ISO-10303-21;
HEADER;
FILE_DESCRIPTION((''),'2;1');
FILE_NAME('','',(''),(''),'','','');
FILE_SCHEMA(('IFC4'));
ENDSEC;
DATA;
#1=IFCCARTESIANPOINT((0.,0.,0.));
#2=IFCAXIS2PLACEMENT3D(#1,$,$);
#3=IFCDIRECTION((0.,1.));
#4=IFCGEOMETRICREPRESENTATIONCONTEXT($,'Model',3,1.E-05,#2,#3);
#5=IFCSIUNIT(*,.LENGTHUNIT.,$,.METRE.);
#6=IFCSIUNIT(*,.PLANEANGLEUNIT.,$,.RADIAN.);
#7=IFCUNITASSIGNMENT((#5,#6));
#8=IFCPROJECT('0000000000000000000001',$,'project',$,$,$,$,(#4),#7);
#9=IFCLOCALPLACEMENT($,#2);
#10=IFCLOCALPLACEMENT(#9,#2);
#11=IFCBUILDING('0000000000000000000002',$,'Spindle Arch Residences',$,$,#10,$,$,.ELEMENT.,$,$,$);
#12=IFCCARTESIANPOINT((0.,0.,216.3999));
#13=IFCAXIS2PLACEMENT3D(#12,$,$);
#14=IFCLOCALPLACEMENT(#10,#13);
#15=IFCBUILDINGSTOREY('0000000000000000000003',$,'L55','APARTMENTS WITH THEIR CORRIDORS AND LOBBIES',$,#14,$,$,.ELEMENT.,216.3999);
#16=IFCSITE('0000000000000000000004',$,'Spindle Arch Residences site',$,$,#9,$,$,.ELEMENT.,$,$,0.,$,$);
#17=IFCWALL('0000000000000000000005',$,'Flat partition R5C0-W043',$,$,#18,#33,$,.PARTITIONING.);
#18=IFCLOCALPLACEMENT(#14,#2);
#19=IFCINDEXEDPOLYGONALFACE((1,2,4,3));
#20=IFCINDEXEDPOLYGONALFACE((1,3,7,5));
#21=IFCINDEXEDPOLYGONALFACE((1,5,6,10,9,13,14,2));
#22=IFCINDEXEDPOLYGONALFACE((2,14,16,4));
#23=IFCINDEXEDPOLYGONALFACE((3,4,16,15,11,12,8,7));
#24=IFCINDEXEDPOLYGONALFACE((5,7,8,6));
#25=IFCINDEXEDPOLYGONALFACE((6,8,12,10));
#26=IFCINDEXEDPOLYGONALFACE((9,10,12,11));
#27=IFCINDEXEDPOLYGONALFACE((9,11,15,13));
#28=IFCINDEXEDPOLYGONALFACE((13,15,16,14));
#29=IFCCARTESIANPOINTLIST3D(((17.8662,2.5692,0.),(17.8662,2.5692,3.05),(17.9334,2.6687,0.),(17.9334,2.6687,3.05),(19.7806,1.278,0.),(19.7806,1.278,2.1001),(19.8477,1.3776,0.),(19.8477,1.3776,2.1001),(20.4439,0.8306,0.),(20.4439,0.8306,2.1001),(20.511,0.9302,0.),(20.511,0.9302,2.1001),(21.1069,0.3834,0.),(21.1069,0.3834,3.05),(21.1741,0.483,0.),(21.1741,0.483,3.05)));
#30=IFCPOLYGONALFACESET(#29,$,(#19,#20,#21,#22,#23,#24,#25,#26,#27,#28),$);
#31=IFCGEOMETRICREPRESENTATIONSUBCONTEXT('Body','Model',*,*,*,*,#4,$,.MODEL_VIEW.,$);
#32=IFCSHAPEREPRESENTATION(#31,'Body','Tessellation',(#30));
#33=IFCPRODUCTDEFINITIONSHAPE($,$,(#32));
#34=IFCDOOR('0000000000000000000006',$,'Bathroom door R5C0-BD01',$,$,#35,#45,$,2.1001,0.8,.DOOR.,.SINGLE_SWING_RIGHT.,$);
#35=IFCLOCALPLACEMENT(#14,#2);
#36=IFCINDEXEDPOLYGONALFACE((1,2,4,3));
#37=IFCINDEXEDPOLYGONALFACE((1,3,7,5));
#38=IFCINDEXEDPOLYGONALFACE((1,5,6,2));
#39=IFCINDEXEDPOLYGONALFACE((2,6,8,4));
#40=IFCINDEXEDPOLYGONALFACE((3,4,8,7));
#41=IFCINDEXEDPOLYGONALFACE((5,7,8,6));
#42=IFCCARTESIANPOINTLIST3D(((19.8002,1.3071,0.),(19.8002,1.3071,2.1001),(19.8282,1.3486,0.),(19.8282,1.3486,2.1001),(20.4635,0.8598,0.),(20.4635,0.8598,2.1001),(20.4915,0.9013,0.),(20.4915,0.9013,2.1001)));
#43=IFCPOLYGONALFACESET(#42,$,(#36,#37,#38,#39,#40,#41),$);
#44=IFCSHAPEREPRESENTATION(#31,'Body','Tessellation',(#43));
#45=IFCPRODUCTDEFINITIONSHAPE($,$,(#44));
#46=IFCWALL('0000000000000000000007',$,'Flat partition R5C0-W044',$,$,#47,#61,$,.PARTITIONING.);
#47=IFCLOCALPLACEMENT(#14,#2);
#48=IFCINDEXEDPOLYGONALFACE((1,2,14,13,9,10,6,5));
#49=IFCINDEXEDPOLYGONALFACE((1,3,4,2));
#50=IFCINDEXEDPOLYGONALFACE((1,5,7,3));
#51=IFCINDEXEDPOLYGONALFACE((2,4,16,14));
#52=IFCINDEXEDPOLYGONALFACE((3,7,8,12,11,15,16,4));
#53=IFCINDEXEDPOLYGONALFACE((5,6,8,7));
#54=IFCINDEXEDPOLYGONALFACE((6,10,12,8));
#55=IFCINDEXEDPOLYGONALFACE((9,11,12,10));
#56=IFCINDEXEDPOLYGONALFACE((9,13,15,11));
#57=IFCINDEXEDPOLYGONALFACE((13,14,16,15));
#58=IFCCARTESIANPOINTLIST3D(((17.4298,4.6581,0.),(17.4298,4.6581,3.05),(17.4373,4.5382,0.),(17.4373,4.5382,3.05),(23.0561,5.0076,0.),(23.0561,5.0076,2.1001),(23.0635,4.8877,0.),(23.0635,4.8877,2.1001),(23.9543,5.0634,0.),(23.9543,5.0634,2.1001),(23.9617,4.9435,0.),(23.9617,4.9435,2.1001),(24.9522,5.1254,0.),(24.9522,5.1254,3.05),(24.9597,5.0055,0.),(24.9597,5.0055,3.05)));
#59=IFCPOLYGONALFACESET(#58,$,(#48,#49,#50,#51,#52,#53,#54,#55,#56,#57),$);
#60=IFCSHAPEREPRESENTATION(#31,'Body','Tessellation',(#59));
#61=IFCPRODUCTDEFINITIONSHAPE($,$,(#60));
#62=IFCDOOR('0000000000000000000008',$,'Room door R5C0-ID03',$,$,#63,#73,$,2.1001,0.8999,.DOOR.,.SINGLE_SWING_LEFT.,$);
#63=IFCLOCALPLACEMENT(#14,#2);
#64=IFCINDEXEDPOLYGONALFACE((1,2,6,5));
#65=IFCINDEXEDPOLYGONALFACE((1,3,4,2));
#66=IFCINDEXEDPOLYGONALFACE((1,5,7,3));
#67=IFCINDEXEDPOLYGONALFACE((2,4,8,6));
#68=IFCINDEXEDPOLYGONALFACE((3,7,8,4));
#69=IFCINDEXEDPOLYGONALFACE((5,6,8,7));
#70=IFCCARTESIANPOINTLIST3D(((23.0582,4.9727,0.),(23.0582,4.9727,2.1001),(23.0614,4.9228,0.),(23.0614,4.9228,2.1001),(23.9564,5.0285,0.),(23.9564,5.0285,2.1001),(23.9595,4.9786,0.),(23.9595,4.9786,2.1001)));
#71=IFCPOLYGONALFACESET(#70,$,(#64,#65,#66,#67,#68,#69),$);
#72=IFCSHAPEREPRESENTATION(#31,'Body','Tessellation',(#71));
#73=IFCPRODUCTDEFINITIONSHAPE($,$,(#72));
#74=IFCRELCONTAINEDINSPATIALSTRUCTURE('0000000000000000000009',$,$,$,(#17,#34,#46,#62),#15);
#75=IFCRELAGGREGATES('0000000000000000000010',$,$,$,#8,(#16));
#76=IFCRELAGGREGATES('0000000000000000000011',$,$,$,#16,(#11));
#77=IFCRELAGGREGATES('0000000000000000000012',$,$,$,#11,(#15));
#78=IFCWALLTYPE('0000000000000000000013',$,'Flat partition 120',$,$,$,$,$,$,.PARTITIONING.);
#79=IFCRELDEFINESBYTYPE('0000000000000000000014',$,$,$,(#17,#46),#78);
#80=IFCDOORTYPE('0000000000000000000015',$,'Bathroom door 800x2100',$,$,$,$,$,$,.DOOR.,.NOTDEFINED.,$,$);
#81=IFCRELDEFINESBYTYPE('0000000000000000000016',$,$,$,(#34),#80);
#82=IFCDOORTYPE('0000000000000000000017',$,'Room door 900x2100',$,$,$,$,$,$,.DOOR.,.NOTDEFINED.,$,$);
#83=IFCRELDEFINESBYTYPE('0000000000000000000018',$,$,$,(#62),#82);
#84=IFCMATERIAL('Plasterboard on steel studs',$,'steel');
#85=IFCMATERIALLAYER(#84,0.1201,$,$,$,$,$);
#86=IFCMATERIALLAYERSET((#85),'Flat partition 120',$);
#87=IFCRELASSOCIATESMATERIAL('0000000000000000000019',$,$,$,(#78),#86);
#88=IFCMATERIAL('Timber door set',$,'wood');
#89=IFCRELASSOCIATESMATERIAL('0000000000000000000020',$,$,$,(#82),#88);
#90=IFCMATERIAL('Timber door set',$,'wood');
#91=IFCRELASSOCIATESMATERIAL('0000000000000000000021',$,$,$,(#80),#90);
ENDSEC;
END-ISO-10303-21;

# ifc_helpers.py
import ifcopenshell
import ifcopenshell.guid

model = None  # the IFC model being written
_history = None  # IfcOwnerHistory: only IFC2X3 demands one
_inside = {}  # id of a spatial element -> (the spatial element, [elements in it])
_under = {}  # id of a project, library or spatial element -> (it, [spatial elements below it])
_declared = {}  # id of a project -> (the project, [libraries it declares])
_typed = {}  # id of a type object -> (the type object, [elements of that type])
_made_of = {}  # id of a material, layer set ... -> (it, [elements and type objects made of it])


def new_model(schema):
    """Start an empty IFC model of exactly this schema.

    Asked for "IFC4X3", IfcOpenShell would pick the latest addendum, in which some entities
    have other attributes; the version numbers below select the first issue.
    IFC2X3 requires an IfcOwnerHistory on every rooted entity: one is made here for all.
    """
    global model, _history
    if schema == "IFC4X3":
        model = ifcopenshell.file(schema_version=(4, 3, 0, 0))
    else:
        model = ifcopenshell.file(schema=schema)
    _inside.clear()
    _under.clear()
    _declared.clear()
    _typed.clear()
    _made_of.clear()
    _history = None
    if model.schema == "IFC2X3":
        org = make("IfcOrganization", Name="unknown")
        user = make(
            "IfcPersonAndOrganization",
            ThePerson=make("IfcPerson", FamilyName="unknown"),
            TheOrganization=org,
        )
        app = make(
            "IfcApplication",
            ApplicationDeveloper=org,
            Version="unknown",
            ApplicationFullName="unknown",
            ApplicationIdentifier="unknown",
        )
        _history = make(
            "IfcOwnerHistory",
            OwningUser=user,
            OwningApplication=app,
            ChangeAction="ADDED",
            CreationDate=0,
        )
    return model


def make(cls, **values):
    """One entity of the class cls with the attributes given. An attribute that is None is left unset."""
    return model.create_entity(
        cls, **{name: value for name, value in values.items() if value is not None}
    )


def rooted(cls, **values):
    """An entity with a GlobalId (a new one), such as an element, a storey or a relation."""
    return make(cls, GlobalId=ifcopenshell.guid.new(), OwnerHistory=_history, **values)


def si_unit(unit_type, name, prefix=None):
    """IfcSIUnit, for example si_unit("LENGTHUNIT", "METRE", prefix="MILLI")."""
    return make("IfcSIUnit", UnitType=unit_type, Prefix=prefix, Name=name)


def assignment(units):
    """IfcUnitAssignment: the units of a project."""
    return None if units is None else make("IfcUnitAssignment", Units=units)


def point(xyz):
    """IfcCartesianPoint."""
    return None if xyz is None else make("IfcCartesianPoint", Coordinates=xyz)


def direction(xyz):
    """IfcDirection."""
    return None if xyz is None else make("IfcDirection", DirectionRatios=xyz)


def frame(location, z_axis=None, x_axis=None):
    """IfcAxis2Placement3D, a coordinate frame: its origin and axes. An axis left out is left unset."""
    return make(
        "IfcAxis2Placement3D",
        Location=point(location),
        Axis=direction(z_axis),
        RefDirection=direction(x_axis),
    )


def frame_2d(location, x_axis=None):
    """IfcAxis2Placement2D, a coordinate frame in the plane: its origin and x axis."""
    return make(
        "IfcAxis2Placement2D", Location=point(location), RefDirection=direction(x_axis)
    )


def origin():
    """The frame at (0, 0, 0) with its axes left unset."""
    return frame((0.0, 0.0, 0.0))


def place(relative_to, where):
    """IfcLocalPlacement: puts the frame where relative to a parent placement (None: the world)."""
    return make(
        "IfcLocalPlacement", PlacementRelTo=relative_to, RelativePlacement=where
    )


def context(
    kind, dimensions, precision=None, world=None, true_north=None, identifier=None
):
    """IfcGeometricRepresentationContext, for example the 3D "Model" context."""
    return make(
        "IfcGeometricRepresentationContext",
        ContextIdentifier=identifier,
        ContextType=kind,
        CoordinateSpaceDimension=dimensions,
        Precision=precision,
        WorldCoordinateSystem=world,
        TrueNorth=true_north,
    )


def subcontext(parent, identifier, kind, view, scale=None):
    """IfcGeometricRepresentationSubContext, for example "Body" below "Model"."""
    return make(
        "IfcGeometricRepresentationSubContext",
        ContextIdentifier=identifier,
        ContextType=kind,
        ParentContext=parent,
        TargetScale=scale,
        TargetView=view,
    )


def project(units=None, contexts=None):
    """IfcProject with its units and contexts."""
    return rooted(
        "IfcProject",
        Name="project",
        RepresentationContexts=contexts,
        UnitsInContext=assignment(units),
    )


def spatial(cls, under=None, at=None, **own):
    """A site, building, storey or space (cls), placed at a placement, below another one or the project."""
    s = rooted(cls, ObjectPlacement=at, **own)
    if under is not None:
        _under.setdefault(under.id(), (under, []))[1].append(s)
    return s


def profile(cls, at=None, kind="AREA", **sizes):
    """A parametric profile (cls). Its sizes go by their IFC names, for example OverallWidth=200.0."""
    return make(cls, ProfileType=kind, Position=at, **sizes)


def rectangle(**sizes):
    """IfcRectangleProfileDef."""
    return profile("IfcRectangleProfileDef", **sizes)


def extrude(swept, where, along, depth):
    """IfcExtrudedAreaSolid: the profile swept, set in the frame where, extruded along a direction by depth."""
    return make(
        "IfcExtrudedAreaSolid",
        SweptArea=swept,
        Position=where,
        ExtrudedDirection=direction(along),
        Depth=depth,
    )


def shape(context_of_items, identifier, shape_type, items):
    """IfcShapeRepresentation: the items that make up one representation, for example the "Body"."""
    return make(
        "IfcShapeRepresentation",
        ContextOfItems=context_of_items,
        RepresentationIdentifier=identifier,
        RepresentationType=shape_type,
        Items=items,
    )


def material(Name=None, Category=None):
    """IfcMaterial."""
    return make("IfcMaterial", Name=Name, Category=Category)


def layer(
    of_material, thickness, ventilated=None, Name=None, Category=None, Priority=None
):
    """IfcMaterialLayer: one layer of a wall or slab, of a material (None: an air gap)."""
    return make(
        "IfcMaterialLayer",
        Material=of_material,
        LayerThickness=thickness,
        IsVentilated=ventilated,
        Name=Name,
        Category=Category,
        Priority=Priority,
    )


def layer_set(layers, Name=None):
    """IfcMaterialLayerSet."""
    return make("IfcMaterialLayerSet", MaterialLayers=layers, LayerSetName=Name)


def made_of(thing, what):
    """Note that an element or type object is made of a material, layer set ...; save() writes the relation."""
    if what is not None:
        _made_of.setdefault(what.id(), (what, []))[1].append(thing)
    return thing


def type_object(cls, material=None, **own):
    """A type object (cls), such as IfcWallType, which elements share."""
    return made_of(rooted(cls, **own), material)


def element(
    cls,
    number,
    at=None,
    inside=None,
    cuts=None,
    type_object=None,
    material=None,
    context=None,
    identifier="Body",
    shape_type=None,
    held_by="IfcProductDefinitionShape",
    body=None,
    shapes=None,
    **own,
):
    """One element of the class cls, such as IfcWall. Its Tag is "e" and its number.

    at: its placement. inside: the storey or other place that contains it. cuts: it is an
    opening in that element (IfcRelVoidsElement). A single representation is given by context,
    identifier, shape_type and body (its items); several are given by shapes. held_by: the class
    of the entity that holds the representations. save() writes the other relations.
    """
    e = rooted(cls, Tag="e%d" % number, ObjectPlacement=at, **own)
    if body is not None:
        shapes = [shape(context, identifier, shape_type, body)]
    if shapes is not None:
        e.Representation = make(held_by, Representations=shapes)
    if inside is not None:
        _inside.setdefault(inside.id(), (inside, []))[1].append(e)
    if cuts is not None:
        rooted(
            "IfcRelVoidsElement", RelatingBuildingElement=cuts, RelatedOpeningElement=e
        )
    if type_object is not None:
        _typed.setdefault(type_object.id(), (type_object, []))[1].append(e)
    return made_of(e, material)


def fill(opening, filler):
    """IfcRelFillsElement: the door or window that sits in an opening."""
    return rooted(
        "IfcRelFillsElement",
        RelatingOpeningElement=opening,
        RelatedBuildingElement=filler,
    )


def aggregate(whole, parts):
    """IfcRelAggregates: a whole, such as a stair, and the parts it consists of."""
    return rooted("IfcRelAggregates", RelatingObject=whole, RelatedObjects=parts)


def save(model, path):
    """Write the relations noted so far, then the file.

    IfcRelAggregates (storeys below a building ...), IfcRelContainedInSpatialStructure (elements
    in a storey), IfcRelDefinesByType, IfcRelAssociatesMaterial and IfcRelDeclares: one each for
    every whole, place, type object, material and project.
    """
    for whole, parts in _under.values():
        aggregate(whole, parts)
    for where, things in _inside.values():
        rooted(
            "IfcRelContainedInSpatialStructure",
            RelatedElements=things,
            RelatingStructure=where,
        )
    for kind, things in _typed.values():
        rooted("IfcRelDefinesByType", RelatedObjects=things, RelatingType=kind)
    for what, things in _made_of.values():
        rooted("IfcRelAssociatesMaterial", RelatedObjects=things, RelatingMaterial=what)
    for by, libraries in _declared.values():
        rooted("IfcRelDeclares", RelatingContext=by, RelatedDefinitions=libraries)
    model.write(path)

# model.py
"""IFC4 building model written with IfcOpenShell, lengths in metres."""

from ifc_helpers import new_model, si_unit, direction, frame, frame_2d, origin, place, context, subcontext, project, spatial, rectangle, extrude, material, layer, layer_set, type_object, element, fill, save


model = new_model("IFC4")

# Units and contexts
model_context = context("Model", 3, precision=1e-05, world=origin(), true_north=direction((0.0, 1.0)))
body_context = subcontext(model_context, "Body", "Model", "MODEL_VIEW")
ifc_project = project(units=[si_unit("LENGTHUNIT", "METRE"), si_unit("PLANEANGLEUNIT", "RADIAN")], contexts=[model_context])

# Site, building, storey
site_placement = place(None, origin())
site = spatial("IfcSite", under=ifc_project, at=site_placement, Name="Spindle Arch Residences site", CompositionType="ELEMENT", RefElevation=0.0)
building_placement = place(site_placement, origin())
building = spatial("IfcBuilding", under=site, at=building_placement, Name="Spindle Arch Residences", CompositionType="ELEMENT")
storey_placement = place(building_placement, frame((0.0, 0.0, 216.3999)))
storey = spatial("IfcBuildingStorey", under=building, at=storey_placement, Name="L55", Description="APARTMENTS WITH THEIR CORRIDORS AND LOBBIES", CompositionType="ELEMENT", Elevation=216.3999)

# Shared definitions
ifc_material_1 = material(Name="Plasterboard on steel studs", Category="steel")
ifc_layer_1 = layer(ifc_material_1, 0.1201)
ifc_layer_set_1 = layer_set([ifc_layer_1], Name="Flat partition 120")
wall_type_1 = type_object("IfcWallType", Name="Flat partition 120", PredefinedType="PARTITIONING", material=ifc_layer_set_1)
ifc_material_2 = material(Name="Timber door set", Category="wood")
door_type_1 = type_object("IfcDoorType", Name="Room door 900x2100", OperationType="NOTDEFINED", PredefinedType="DOOR", material=ifc_material_2)

# Walls, openings, doors
wall_1_placement = place(storey_placement, frame((21.1406, 0.4331, 0.0), z_axis=(0.0, 0.0, 1.0), x_axis=(-0.82905, 0.559175, 0.0)))
wall_1 = element("IfcWall", 1, at=wall_1_placement, inside=storey, type_object=wall_type_1, Name="Flat partition R5C0-W043", PredefinedType="PARTITIONING", context=body_context, shape_type="SweptSolid", body=[
    extrude(rectangle(XDim=3.9089, YDim=0.1201, at=frame_2d((1.9546, 0.0))), origin(), (0.0, 0.0, 1.0), 3.05),
])
opening_1_placement = place(wall_1_placement, frame((0.8, 0.0, 0.0)))
opening_1 = element("IfcOpeningElement", 2, at=opening_1_placement, cuts=wall_1, PredefinedType="OPENING", context=body_context, shape_type="SweptSolid", body=[
    extrude(rectangle(XDim=0.8, YDim=2.1001, at=frame_2d((0.3999, 1.05))), frame((0.0, 0.0701, 0.0), z_axis=(0.0, -1.0, 0.0), x_axis=(1.0, 0.0, 0.0)), (0.0, 0.0, 1.0), 0.1401),
])
ifc_material_3 = material(Name="Timber door set", Category="wood")
door_type_2 = type_object("IfcDoorType", Name="Bathroom door 800x2100", OperationType="NOTDEFINED", PredefinedType="DOOR", material=ifc_material_3)
door_1_placement = place(opening_1_placement, origin())
door_1 = element("IfcDoor", 3, at=door_1_placement, inside=storey, type_object=door_type_2, Name="Bathroom door R5C0-BD01", OperationType="SINGLE_SWING_RIGHT", OverallHeight=2.1001, OverallWidth=0.8, PredefinedType="DOOR", context=body_context, shape_type="SweptSolid", body=[
    extrude(rectangle(XDim=0.8, YDim=2.1001, at=frame_2d((0.3999, 1.05))), frame((0.0, 0.0249, 0.0), z_axis=(0.0, -1.0, 0.0), x_axis=(1.0, 0.0, 0.0)), (0.0, 0.0, 1.0), 0.05),
])
fill(opening_1, door_1)
wall_2_placement = place(storey_placement, frame((24.9561, 5.0654, 0.0), z_axis=(0.0, 0.0, 1.0), x_axis=(-0.998076, -0.061999, 0.0)))
wall_2 = element("IfcWall", 4, at=wall_2_placement, inside=storey, type_object=wall_type_1, Name="Flat partition R5C0-W044", PredefinedType="PARTITIONING", context=body_context, shape_type="SweptSolid", body=[
    extrude(rectangle(XDim=7.5369, YDim=0.1201, at=frame_2d((3.7686, 0.0))), origin(), (0.0, 0.0, 1.0), 3.05),
])
opening_2_placement = place(wall_2_placement, frame((1.0, 0.0, 0.0)))
opening_2 = element("IfcOpeningElement", 5, at=opening_2_placement, cuts=wall_2, PredefinedType="OPENING", context=body_context, shape_type="SweptSolid", body=[
    extrude(rectangle(XDim=0.8999, YDim=2.1001, at=frame_2d((0.45, 1.05))), frame((0.0, 0.0701, 0.0), z_axis=(0.0, -1.0, 0.0), x_axis=(1.0, 0.0, 0.0)), (0.0, 0.0, 1.0), 0.1401),
])
door_2_placement = place(opening_2_placement, origin())
door_2 = element("IfcDoor", 6, at=door_2_placement, inside=storey, type_object=door_type_1, Name="Room door R5C0-ID03", OperationType="SINGLE_SWING_LEFT", OverallHeight=2.1001, OverallWidth=0.8999, PredefinedType="DOOR", context=body_context, shape_type="SweptSolid", body=[
    extrude(rectangle(XDim=0.8999, YDim=2.1001, at=frame_2d((0.45, 1.05))), frame((0.0, 0.0249, 0.0), z_axis=(0.0, -1.0, 0.0), x_axis=(1.0, 0.0, 0.0)), (0.0, 0.0, 1.0), 0.05),
])
fill(opening_2, door_2)

save(model, "model.ifc")
